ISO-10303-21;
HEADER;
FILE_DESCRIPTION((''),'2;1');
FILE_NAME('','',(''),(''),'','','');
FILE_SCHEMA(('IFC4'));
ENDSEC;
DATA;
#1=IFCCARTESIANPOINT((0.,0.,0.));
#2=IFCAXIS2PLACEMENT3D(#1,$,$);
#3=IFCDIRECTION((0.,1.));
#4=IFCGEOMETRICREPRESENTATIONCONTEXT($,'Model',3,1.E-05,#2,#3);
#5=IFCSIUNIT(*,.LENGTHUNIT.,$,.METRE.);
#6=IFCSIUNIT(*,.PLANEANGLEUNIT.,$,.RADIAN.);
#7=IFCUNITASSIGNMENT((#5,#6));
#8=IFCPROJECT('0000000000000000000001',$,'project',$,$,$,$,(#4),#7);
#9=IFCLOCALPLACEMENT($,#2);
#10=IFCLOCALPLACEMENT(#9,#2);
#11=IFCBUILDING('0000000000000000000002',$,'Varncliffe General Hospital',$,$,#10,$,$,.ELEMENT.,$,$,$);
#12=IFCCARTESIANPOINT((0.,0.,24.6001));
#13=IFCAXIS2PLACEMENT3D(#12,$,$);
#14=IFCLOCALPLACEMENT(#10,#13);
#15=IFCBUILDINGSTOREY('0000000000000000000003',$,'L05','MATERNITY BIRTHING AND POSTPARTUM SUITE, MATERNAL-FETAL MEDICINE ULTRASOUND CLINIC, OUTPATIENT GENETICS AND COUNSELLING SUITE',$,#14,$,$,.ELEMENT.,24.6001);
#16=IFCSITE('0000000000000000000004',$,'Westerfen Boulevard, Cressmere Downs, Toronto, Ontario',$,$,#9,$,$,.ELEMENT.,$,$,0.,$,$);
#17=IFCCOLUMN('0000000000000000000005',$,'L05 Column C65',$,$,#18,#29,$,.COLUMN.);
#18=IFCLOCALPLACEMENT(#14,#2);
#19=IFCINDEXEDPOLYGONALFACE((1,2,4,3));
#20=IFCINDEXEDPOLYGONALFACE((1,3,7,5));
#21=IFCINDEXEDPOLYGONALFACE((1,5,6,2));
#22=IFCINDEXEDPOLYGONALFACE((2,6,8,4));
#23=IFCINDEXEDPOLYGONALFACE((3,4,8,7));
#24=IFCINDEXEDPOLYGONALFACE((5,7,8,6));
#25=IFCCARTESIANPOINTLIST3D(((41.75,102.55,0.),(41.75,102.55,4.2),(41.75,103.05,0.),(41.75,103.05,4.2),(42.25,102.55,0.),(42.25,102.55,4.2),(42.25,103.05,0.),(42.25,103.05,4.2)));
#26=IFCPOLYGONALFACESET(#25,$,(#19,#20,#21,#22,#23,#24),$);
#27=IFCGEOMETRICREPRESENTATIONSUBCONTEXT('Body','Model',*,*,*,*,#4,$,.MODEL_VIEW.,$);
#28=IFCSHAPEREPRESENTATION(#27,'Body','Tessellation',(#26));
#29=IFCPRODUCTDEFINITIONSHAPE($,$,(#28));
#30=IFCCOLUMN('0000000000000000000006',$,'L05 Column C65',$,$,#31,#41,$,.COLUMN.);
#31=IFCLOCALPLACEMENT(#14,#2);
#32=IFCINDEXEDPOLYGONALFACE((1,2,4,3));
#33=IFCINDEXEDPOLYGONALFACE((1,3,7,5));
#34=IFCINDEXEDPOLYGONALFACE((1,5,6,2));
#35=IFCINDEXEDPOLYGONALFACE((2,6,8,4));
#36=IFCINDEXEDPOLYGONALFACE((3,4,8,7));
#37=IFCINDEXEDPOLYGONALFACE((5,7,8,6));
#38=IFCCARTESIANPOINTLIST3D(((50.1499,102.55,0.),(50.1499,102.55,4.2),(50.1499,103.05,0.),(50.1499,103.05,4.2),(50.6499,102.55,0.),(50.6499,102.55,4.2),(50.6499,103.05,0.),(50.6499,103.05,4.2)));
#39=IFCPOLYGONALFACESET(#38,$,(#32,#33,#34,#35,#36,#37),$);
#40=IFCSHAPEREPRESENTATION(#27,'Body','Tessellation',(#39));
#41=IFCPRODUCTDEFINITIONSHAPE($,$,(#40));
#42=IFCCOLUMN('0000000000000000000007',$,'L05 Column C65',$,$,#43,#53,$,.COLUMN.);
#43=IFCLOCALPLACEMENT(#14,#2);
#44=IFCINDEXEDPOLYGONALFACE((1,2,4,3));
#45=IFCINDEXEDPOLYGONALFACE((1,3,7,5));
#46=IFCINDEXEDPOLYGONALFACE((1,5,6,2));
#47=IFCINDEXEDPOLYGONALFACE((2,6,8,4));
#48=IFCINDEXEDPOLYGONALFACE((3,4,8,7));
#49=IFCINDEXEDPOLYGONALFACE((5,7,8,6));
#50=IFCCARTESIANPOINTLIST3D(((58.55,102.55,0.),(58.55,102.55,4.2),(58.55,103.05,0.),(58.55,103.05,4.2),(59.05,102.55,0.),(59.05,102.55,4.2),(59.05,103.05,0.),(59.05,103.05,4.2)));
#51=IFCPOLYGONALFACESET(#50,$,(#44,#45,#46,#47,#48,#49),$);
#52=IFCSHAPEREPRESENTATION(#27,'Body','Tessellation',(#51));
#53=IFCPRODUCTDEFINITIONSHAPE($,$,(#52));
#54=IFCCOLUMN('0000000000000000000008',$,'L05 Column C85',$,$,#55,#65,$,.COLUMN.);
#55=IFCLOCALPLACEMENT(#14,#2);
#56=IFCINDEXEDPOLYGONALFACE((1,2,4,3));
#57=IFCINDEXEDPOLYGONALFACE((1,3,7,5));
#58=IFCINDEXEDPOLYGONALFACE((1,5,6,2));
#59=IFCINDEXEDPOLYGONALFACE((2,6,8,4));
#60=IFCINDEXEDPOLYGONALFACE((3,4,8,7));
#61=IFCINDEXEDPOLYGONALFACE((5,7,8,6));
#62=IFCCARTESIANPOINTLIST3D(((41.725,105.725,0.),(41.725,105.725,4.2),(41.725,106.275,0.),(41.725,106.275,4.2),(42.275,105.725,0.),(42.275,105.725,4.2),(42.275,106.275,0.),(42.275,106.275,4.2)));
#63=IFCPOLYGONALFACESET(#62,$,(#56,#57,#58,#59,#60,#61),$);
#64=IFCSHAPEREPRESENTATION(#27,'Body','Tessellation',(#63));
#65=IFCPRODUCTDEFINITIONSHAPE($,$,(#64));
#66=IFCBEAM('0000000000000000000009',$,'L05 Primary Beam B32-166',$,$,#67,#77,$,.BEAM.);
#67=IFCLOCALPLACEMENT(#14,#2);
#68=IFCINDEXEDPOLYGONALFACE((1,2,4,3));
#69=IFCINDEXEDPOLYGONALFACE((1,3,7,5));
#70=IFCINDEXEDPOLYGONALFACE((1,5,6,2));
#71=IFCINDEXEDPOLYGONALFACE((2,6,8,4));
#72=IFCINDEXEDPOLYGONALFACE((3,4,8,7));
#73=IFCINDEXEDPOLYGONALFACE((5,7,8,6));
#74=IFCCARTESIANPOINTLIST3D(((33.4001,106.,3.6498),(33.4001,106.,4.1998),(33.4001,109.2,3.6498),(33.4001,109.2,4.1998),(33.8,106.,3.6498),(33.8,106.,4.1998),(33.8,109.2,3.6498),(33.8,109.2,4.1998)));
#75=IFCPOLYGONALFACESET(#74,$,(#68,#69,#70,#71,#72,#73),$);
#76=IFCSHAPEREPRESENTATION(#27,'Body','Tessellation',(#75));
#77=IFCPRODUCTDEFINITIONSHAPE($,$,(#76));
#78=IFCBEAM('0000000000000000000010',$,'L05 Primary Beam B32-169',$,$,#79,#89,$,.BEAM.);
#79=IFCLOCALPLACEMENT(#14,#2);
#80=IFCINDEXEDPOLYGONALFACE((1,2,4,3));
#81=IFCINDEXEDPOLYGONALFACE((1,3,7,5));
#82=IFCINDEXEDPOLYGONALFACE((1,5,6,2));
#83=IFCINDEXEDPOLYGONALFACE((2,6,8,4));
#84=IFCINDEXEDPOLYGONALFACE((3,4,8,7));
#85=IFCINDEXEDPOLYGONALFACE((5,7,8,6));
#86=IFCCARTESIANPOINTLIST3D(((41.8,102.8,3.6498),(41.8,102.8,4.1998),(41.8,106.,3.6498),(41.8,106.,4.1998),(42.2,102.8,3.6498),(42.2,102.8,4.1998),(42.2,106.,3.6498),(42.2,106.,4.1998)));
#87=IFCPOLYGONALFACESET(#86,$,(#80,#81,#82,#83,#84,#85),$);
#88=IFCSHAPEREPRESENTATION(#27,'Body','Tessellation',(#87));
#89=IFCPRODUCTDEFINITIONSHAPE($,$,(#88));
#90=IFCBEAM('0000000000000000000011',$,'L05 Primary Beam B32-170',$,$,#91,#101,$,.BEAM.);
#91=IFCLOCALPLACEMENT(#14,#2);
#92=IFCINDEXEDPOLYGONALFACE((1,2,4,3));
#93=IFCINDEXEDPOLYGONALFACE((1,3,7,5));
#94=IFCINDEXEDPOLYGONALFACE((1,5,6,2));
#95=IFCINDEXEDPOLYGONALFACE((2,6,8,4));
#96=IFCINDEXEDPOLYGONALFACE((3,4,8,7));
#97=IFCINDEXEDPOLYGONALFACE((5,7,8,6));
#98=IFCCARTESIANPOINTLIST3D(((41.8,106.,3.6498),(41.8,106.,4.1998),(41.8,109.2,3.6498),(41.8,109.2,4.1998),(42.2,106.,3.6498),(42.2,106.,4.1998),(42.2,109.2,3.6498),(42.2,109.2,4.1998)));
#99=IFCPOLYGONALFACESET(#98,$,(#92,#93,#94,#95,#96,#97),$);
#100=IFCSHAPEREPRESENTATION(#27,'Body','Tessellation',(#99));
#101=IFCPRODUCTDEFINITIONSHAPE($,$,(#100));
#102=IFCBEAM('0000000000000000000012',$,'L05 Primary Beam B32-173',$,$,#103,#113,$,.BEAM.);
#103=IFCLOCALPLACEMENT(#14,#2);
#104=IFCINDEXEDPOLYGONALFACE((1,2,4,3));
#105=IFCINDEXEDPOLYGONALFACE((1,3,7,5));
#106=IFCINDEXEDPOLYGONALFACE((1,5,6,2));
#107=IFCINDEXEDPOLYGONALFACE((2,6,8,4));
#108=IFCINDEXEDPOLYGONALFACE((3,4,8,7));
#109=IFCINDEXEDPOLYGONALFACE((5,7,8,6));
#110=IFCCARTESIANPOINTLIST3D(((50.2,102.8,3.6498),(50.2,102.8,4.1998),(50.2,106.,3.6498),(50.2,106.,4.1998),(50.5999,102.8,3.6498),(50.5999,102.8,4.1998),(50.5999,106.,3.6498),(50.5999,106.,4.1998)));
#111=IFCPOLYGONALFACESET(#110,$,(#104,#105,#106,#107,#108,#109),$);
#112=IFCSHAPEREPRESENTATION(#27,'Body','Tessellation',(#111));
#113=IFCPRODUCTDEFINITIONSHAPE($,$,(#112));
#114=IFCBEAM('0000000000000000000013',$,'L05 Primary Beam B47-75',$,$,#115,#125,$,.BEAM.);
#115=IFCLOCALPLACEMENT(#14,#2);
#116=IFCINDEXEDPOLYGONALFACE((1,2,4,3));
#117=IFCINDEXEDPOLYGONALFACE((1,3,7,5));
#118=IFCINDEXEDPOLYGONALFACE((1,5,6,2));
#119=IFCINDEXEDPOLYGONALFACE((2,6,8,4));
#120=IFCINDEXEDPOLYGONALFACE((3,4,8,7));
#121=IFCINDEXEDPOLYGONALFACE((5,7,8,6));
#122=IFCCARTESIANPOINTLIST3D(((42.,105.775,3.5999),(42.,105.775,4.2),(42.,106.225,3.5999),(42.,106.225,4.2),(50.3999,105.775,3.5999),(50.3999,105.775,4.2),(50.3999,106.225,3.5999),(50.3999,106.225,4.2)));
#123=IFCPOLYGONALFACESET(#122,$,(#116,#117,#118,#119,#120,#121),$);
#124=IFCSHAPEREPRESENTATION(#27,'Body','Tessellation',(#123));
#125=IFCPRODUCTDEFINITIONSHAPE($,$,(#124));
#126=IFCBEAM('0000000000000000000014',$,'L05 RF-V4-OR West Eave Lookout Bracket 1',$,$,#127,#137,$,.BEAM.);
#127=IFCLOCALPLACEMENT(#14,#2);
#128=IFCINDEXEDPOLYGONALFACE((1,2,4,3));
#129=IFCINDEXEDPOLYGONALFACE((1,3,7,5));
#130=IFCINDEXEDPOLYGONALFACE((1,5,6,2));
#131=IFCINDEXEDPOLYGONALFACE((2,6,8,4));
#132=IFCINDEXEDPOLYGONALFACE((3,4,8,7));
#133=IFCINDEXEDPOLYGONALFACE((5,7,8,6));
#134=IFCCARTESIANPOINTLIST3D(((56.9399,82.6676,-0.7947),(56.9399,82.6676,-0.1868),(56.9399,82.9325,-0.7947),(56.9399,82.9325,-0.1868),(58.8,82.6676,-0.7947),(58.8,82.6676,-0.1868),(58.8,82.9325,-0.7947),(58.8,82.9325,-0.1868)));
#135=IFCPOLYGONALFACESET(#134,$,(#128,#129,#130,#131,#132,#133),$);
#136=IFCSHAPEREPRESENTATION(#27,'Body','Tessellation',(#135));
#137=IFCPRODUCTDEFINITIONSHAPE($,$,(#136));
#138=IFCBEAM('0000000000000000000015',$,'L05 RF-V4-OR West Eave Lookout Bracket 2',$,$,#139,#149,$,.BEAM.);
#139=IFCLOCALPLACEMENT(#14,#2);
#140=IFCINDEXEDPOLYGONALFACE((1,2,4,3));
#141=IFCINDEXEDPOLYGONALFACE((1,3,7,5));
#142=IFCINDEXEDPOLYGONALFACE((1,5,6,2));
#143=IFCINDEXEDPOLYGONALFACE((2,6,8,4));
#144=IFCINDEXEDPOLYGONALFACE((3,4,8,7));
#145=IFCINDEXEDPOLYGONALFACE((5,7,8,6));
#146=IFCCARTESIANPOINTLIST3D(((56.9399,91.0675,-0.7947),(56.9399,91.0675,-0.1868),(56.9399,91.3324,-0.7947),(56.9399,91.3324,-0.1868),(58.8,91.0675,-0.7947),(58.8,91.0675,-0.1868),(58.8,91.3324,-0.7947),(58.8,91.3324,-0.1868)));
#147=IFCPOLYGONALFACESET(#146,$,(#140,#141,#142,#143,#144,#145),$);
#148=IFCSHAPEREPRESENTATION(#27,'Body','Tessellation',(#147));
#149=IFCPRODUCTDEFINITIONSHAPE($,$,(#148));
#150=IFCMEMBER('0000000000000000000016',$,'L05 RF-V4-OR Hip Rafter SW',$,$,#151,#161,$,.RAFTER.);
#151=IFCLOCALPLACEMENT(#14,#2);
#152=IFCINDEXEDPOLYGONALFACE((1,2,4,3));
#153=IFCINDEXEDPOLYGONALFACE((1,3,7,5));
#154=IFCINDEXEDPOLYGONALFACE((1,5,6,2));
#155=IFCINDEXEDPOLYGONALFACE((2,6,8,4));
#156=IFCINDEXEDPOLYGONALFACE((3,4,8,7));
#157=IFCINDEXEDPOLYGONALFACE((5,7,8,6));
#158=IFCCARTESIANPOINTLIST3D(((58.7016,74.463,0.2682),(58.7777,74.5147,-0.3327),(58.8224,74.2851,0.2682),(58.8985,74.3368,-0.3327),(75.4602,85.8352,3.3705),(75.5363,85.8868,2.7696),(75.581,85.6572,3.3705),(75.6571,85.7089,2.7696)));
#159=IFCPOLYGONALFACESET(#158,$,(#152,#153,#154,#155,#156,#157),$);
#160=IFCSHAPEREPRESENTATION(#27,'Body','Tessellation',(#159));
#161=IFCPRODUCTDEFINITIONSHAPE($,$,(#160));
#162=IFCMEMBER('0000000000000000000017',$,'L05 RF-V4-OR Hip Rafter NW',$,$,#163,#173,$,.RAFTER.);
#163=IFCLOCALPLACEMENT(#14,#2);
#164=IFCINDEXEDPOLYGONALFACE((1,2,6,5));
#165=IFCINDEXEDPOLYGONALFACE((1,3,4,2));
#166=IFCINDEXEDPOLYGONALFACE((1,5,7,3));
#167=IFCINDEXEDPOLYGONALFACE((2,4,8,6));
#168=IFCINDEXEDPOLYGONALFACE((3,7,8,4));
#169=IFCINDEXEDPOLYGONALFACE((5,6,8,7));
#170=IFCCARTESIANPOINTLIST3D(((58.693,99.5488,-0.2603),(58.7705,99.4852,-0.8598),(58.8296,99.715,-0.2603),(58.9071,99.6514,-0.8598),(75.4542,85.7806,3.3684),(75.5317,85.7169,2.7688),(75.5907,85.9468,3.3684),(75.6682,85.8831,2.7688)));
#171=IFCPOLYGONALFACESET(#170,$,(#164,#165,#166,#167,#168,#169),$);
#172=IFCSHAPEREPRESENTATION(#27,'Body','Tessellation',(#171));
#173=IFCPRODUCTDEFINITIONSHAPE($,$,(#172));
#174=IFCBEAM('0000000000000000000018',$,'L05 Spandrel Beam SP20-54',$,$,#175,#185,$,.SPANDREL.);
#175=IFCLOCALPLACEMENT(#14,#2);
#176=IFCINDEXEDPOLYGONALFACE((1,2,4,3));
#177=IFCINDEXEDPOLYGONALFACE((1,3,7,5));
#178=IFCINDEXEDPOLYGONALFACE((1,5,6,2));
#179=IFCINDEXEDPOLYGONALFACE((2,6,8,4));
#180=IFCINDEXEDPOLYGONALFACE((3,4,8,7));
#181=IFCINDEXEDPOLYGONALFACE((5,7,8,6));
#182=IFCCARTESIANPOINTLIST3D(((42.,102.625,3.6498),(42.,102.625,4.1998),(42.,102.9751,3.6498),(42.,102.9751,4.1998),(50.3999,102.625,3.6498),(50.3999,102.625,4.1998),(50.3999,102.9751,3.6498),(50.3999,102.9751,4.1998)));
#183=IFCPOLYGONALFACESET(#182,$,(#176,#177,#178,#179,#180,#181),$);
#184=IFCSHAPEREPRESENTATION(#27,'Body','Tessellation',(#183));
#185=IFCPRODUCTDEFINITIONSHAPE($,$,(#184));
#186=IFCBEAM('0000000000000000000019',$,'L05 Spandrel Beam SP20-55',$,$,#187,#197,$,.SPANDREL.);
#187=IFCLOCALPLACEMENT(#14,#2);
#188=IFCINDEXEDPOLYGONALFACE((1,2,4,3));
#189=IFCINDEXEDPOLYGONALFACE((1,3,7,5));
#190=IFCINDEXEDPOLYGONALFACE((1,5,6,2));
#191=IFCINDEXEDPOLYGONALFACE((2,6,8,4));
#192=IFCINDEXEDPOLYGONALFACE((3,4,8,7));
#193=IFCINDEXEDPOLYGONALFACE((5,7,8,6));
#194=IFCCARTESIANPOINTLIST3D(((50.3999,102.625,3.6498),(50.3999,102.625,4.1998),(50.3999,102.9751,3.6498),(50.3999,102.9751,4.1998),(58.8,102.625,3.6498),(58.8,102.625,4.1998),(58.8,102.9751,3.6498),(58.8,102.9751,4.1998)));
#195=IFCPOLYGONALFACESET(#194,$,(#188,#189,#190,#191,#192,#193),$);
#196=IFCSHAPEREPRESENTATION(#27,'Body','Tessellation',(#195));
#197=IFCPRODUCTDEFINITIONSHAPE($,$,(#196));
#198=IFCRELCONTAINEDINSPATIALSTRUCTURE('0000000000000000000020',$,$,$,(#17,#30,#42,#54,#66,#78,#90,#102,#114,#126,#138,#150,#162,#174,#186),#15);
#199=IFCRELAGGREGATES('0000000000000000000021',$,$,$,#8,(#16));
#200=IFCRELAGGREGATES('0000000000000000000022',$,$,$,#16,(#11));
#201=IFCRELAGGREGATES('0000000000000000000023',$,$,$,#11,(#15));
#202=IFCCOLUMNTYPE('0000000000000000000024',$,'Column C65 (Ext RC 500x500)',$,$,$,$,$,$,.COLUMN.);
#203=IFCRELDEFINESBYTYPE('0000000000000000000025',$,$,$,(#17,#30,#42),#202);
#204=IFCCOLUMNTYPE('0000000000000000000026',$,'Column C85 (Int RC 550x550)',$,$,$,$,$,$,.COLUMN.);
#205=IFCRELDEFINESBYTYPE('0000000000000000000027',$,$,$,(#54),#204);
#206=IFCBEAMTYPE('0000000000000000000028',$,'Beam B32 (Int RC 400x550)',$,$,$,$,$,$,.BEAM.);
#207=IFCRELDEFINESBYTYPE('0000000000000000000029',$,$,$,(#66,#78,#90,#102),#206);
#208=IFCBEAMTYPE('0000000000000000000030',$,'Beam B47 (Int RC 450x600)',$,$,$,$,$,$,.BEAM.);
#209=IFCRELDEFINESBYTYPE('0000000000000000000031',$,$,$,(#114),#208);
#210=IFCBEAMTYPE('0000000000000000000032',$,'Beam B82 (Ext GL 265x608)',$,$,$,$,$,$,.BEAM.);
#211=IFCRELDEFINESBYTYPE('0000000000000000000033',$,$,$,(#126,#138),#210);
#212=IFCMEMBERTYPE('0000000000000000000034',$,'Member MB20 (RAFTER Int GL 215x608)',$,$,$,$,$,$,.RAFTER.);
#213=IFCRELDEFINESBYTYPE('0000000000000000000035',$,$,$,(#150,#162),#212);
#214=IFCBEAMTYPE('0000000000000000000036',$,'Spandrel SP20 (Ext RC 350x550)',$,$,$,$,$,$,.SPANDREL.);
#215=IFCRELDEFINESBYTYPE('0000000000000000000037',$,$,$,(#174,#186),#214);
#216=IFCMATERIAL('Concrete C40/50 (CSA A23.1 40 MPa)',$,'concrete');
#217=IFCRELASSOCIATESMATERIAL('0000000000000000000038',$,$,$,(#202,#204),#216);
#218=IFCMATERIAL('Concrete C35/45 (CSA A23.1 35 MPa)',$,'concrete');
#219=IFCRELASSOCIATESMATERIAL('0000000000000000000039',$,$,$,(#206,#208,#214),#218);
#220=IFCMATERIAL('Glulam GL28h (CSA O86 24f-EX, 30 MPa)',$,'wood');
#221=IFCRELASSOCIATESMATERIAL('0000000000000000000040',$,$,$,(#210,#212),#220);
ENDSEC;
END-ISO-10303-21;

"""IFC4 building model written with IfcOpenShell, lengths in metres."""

from ifc_helpers import new_model, si_unit, direction, frame, origin, origin_2d, place, context, subcontext, project, spatial, rectangle, extrude, material, material_profile, profile_set, type_object, element, save


model = new_model("IFC4")

# Units and contexts
model_context = context("Model", 3, precision=1e-05, world=origin(), true_north=direction((0.0, 1.0)))
body_context = subcontext(model_context, "Body", "Model", "MODEL_VIEW")
ifc_project = project(units=[si_unit("LENGTHUNIT", "METRE"), si_unit("PLANEANGLEUNIT", "RADIAN")], contexts=[model_context])

# Site, building, storey
site_placement = place(None, origin())
site = spatial("IfcSite", under=ifc_project, at=site_placement, Name="Westerfen Boulevard, Cressmere Downs, Toronto, Ontario", CompositionType="ELEMENT", RefElevation=0.0)
building_placement = place(site_placement, origin())
building = spatial("IfcBuilding", under=site, at=building_placement, Name="Varncliffe General Hospital", CompositionType="ELEMENT")
storey_placement = place(building_placement, frame((0.0, 0.0, 24.6001)))
storey = spatial("IfcBuildingStorey", under=building, at=storey_placement, Name="L05", Description="MATERNITY BIRTHING AND POSTPARTUM SUITE, MATERNAL-FETAL MEDICINE ULTRASOUND CLINIC, OUTPATIENT GENETICS AND COUNSELLING SUITE", CompositionType="ELEMENT", Elevation=24.6001)

# Columns
ifc_material_1 = material(Name="Concrete C40/50 (CSA A23.1 40 MPa)", Category="concrete")
ifc_material_profile_1 = material_profile(ifc_material_1, rectangle(XDim=0.5, YDim=0.5, at=origin_2d()), Name="RC 500x500")
ifc_profile_set_1 = profile_set([ifc_material_profile_1], Name="Concrete C40/50 (CSA A23.1 40 MPa)")
column_type_1 = type_object("IfcColumnType", Name="Column C65 (Ext RC 500x500)", PredefinedType="COLUMN", material=ifc_profile_set_1)
for number, where, z_axis, x_axis, name in (
    (1, (42.0, 102.8, 0.0), (0.0, 0.0, 1.0), (1.0, 0.0, 0.0), "L05 Column C65"),
    (2, (50.3999, 102.8, 0.0), (0.0, 0.0, 1.0), (1.0, 0.0, 0.0), "L05 Column C65"),
    (3, (58.8, 102.8, 0.0), (0.0, 0.0, 1.0), (1.0, 0.0, 0.0), "L05 Column C65"),
):
    element("IfcColumn", number, at=place(storey_placement, frame(where, z_axis=z_axis, x_axis=x_axis)), inside=storey, type_object=column_type_1, Name=name, PredefinedType="COLUMN", context=body_context, shape_type="SweptSolid", body=[
        extrude(rectangle(XDim=0.5, YDim=0.5, at=origin_2d()), origin(), (0.0, 0.0, 1.0), 4.2),
    ])
ifc_material_profile_2 = material_profile(ifc_material_1, rectangle(XDim=0.55, YDim=0.55, at=origin_2d()), Name="RC 550x550")
ifc_profile_set_2 = profile_set([ifc_material_profile_2], Name="Concrete C40/50 (CSA A23.1 40 MPa)")
column_type_2 = type_object("IfcColumnType", Name="Column C85 (Int RC 550x550)", PredefinedType="COLUMN", material=ifc_profile_set_2)
column_placement = place(storey_placement, frame((42.0, 106.0, 0.0), z_axis=(0.0, 0.0, 1.0), x_axis=(1.0, 0.0, 0.0)))
element("IfcColumn", 4, at=column_placement, inside=storey, type_object=column_type_2, Name="L05 Column C85", PredefinedType="COLUMN", context=body_context, shape_type="SweptSolid", body=[
    extrude(rectangle(XDim=0.55, YDim=0.55, at=origin_2d()), origin(), (0.0, 0.0, 1.0), 4.2),
])

# Beams
ifc_material_2 = material(Name="Concrete C35/45 (CSA A23.1 35 MPa)", Category="concrete")
ifc_material_profile_3 = material_profile(ifc_material_2, rectangle(XDim=0.3999, YDim=0.55, at=origin_2d()), Name="RC 400x550")
ifc_profile_set_3 = profile_set([ifc_material_profile_3], Name="Concrete C35/45 (CSA A23.1 35 MPa)")
beam_type_1 = type_object("IfcBeamType", Name="Beam B32 (Int RC 400x550)", PredefinedType="BEAM", material=ifc_profile_set_3)
for number, where, z_axis, x_axis, name in (
    (5, (33.6001, 106.0, 3.9248), (0.0, 1.0, 0.0), (-1.0, 0.0, 0.0), "L05 Primary Beam B32-166"),
    (6, (42.0, 102.8, 3.9248), (0.0, 1.0, 0.0), (-1.0, 0.0, 0.0), "L05 Primary Beam B32-169"),
    (7, (42.0, 106.0, 3.9248), (0.0, 1.0, 0.0), (-1.0, 0.0, 0.0), "L05 Primary Beam B32-170"),
    (8, (50.3999, 102.8, 3.9248), (0.0, 1.0, 0.0), (-1.0, 0.0, 0.0), "L05 Primary Beam B32-173"),
):
    element("IfcBeam", number, at=place(storey_placement, frame(where, z_axis=z_axis, x_axis=x_axis)), inside=storey, type_object=beam_type_1, Name=name, PredefinedType="BEAM", context=body_context, shape_type="SweptSolid", body=[
        extrude(rectangle(XDim=0.3999, YDim=0.55, at=origin_2d()), origin(), (0.0, 0.0, 1.0), 3.2),
    ])
ifc_material_profile_4 = material_profile(ifc_material_2, rectangle(XDim=0.45, YDim=0.6001, at=origin_2d()), Name="RC 450x600")
ifc_profile_set_4 = profile_set([ifc_material_profile_4], Name="Concrete C35/45 (CSA A23.1 35 MPa)")
beam_type_2 = type_object("IfcBeamType", Name="Beam B47 (Int RC 450x600)", PredefinedType="BEAM", material=ifc_profile_set_4)
beam_1_placement = place(storey_placement, frame((42.0, 106.0, 3.8999), z_axis=(1.0, 0.0, 0.0), x_axis=(0.0, 1.0, 0.0)))
element("IfcBeam", 9, at=beam_1_placement, inside=storey, type_object=beam_type_2, Name="L05 Primary Beam B47-75", PredefinedType="BEAM", context=body_context, shape_type="SweptSolid", body=[
    extrude(rectangle(XDim=0.45, YDim=0.6001, at=origin_2d()), origin(), (0.0, 0.0, 1.0), 8.3999),
])
ifc_material_3 = material(Name="Glulam GL28h (CSA O86 24f-EX, 30 MPa)", Category="wood")
ifc_material_profile_5 = material_profile(ifc_material_3, rectangle(XDim=0.2649, YDim=0.6079, at=origin_2d()), Name="GL 265x608")
ifc_profile_set_5 = profile_set([ifc_material_profile_5], Name="Glulam GL28h (CSA O86 24f-EX, 30 MPa)")
beam_type_3 = type_object("IfcBeamType", Name="Beam B82 (Ext GL 265x608)", PredefinedType="BEAM", material=ifc_profile_set_5)
for number, where, z_axis, x_axis, name in (
    (10, (56.9399, 82.8, -0.4907), (1.0, 0.0, 0.0), (0.0, 1.0, 0.0), "L05 RF-V4-OR West Eave Lookout Bracket 1"),
    (11, (56.9399, 91.2, -0.4907), (1.0, 0.0, 0.0), (0.0, 1.0, 0.0), "L05 RF-V4-OR West Eave Lookout Bracket 2"),
):
    element("IfcBeam", number, at=place(storey_placement, frame(where, z_axis=z_axis, x_axis=x_axis)), inside=storey, type_object=beam_type_3, Name=name, PredefinedType="BEAM", context=body_context, shape_type="SweptSolid", body=[
        extrude(rectangle(XDim=0.2649, YDim=0.6079, at=origin_2d()), origin(), (0.0, 0.0, 1.0), 1.8601),
    ])

# Members
ifc_material_profile_6 = material_profile(ifc_material_3, rectangle(XDim=0.2151, YDim=0.6079, at=origin_2d()), Name="GL 215x608")
ifc_profile_set_6 = profile_set([ifc_material_profile_6], Name="Glulam GL28h (CSA O86 24f-EX, 30 MPa)")
member_type = type_object("IfcMemberType", Name="Member MB20 (RAFTER Int GL 215x608)", PredefinedType="RAFTER", material=ifc_profile_set_6)
member_1_placement = place(storey_placement, frame((58.8, 74.3999, -0.0322), z_axis=(0.817931, 0.555034, 0.151413), x_axis=(-0.561508, 0.827471, 0.0)))
element("IfcMember", 12, at=member_1_placement, inside=storey, type_object=member_type, Name="L05 RF-V4-OR Hip Rafter SW", PredefinedType="RAFTER", context=body_context, shape_type="SweptSolid", body=[
    extrude(rectangle(XDim=0.2151, YDim=0.6079, at=origin_2d()), origin(), (0.0, 0.0, 1.0), 20.489),
])
member_2_placement = place(storey_placement, frame((58.8, 99.6001, -0.5601), z_axis=(0.762132, -0.626044, 0.164995), x_axis=(0.634744, 0.772723, 0.0)))
element("IfcMember", 13, at=member_2_placement, inside=storey, type_object=member_type, Name="L05 RF-V4-OR Hip Rafter NW", PredefinedType="RAFTER", context=body_context, shape_type="SweptSolid", body=[
    extrude(rectangle(XDim=0.2151, YDim=0.6079, at=origin_2d()), origin(), (0.0, 0.0, 1.0), 21.9924),
])

# Beams
ifc_material_profile_7 = material_profile(ifc_material_2, rectangle(XDim=0.3501, YDim=0.55, at=origin_2d()), Name="RC 350x550")
ifc_profile_set_7 = profile_set([ifc_material_profile_7], Name="Concrete C35/45 (CSA A23.1 35 MPa)")
beam_type_4 = type_object("IfcBeamType", Name="Spandrel SP20 (Ext RC 350x550)", PredefinedType="SPANDREL", material=ifc_profile_set_7)
beam_2_placement = place(storey_placement, frame((42.0, 102.8, 3.9248), z_axis=(1.0, 0.0, 0.0), x_axis=(0.0, 1.0, 0.0)))
element("IfcBeam", 14, at=beam_2_placement, inside=storey, type_object=beam_type_4, Name="L05 Spandrel Beam SP20-54", PredefinedType="SPANDREL", context=body_context, shape_type="SweptSolid", body=[
    extrude(rectangle(XDim=0.3501, YDim=0.55, at=origin_2d()), origin(), (0.0, 0.0, 1.0), 8.3999),
])
beam_3_placement = place(storey_placement, frame((50.3999, 102.8, 3.9248), z_axis=(1.0, 0.0, 0.0), x_axis=(0.0, 1.0, 0.0)))
element("IfcBeam", 15, at=beam_3_placement, inside=storey, type_object=beam_type_4, Name="L05 Spandrel Beam SP20-55", PredefinedType="SPANDREL", context=body_context, shape_type="SweptSolid", body=[
    extrude(rectangle(XDim=0.3501, YDim=0.55, at=origin_2d()), origin(), (0.0, 0.0, 1.0), 8.4001),
])

save(model, "model.ifc")
